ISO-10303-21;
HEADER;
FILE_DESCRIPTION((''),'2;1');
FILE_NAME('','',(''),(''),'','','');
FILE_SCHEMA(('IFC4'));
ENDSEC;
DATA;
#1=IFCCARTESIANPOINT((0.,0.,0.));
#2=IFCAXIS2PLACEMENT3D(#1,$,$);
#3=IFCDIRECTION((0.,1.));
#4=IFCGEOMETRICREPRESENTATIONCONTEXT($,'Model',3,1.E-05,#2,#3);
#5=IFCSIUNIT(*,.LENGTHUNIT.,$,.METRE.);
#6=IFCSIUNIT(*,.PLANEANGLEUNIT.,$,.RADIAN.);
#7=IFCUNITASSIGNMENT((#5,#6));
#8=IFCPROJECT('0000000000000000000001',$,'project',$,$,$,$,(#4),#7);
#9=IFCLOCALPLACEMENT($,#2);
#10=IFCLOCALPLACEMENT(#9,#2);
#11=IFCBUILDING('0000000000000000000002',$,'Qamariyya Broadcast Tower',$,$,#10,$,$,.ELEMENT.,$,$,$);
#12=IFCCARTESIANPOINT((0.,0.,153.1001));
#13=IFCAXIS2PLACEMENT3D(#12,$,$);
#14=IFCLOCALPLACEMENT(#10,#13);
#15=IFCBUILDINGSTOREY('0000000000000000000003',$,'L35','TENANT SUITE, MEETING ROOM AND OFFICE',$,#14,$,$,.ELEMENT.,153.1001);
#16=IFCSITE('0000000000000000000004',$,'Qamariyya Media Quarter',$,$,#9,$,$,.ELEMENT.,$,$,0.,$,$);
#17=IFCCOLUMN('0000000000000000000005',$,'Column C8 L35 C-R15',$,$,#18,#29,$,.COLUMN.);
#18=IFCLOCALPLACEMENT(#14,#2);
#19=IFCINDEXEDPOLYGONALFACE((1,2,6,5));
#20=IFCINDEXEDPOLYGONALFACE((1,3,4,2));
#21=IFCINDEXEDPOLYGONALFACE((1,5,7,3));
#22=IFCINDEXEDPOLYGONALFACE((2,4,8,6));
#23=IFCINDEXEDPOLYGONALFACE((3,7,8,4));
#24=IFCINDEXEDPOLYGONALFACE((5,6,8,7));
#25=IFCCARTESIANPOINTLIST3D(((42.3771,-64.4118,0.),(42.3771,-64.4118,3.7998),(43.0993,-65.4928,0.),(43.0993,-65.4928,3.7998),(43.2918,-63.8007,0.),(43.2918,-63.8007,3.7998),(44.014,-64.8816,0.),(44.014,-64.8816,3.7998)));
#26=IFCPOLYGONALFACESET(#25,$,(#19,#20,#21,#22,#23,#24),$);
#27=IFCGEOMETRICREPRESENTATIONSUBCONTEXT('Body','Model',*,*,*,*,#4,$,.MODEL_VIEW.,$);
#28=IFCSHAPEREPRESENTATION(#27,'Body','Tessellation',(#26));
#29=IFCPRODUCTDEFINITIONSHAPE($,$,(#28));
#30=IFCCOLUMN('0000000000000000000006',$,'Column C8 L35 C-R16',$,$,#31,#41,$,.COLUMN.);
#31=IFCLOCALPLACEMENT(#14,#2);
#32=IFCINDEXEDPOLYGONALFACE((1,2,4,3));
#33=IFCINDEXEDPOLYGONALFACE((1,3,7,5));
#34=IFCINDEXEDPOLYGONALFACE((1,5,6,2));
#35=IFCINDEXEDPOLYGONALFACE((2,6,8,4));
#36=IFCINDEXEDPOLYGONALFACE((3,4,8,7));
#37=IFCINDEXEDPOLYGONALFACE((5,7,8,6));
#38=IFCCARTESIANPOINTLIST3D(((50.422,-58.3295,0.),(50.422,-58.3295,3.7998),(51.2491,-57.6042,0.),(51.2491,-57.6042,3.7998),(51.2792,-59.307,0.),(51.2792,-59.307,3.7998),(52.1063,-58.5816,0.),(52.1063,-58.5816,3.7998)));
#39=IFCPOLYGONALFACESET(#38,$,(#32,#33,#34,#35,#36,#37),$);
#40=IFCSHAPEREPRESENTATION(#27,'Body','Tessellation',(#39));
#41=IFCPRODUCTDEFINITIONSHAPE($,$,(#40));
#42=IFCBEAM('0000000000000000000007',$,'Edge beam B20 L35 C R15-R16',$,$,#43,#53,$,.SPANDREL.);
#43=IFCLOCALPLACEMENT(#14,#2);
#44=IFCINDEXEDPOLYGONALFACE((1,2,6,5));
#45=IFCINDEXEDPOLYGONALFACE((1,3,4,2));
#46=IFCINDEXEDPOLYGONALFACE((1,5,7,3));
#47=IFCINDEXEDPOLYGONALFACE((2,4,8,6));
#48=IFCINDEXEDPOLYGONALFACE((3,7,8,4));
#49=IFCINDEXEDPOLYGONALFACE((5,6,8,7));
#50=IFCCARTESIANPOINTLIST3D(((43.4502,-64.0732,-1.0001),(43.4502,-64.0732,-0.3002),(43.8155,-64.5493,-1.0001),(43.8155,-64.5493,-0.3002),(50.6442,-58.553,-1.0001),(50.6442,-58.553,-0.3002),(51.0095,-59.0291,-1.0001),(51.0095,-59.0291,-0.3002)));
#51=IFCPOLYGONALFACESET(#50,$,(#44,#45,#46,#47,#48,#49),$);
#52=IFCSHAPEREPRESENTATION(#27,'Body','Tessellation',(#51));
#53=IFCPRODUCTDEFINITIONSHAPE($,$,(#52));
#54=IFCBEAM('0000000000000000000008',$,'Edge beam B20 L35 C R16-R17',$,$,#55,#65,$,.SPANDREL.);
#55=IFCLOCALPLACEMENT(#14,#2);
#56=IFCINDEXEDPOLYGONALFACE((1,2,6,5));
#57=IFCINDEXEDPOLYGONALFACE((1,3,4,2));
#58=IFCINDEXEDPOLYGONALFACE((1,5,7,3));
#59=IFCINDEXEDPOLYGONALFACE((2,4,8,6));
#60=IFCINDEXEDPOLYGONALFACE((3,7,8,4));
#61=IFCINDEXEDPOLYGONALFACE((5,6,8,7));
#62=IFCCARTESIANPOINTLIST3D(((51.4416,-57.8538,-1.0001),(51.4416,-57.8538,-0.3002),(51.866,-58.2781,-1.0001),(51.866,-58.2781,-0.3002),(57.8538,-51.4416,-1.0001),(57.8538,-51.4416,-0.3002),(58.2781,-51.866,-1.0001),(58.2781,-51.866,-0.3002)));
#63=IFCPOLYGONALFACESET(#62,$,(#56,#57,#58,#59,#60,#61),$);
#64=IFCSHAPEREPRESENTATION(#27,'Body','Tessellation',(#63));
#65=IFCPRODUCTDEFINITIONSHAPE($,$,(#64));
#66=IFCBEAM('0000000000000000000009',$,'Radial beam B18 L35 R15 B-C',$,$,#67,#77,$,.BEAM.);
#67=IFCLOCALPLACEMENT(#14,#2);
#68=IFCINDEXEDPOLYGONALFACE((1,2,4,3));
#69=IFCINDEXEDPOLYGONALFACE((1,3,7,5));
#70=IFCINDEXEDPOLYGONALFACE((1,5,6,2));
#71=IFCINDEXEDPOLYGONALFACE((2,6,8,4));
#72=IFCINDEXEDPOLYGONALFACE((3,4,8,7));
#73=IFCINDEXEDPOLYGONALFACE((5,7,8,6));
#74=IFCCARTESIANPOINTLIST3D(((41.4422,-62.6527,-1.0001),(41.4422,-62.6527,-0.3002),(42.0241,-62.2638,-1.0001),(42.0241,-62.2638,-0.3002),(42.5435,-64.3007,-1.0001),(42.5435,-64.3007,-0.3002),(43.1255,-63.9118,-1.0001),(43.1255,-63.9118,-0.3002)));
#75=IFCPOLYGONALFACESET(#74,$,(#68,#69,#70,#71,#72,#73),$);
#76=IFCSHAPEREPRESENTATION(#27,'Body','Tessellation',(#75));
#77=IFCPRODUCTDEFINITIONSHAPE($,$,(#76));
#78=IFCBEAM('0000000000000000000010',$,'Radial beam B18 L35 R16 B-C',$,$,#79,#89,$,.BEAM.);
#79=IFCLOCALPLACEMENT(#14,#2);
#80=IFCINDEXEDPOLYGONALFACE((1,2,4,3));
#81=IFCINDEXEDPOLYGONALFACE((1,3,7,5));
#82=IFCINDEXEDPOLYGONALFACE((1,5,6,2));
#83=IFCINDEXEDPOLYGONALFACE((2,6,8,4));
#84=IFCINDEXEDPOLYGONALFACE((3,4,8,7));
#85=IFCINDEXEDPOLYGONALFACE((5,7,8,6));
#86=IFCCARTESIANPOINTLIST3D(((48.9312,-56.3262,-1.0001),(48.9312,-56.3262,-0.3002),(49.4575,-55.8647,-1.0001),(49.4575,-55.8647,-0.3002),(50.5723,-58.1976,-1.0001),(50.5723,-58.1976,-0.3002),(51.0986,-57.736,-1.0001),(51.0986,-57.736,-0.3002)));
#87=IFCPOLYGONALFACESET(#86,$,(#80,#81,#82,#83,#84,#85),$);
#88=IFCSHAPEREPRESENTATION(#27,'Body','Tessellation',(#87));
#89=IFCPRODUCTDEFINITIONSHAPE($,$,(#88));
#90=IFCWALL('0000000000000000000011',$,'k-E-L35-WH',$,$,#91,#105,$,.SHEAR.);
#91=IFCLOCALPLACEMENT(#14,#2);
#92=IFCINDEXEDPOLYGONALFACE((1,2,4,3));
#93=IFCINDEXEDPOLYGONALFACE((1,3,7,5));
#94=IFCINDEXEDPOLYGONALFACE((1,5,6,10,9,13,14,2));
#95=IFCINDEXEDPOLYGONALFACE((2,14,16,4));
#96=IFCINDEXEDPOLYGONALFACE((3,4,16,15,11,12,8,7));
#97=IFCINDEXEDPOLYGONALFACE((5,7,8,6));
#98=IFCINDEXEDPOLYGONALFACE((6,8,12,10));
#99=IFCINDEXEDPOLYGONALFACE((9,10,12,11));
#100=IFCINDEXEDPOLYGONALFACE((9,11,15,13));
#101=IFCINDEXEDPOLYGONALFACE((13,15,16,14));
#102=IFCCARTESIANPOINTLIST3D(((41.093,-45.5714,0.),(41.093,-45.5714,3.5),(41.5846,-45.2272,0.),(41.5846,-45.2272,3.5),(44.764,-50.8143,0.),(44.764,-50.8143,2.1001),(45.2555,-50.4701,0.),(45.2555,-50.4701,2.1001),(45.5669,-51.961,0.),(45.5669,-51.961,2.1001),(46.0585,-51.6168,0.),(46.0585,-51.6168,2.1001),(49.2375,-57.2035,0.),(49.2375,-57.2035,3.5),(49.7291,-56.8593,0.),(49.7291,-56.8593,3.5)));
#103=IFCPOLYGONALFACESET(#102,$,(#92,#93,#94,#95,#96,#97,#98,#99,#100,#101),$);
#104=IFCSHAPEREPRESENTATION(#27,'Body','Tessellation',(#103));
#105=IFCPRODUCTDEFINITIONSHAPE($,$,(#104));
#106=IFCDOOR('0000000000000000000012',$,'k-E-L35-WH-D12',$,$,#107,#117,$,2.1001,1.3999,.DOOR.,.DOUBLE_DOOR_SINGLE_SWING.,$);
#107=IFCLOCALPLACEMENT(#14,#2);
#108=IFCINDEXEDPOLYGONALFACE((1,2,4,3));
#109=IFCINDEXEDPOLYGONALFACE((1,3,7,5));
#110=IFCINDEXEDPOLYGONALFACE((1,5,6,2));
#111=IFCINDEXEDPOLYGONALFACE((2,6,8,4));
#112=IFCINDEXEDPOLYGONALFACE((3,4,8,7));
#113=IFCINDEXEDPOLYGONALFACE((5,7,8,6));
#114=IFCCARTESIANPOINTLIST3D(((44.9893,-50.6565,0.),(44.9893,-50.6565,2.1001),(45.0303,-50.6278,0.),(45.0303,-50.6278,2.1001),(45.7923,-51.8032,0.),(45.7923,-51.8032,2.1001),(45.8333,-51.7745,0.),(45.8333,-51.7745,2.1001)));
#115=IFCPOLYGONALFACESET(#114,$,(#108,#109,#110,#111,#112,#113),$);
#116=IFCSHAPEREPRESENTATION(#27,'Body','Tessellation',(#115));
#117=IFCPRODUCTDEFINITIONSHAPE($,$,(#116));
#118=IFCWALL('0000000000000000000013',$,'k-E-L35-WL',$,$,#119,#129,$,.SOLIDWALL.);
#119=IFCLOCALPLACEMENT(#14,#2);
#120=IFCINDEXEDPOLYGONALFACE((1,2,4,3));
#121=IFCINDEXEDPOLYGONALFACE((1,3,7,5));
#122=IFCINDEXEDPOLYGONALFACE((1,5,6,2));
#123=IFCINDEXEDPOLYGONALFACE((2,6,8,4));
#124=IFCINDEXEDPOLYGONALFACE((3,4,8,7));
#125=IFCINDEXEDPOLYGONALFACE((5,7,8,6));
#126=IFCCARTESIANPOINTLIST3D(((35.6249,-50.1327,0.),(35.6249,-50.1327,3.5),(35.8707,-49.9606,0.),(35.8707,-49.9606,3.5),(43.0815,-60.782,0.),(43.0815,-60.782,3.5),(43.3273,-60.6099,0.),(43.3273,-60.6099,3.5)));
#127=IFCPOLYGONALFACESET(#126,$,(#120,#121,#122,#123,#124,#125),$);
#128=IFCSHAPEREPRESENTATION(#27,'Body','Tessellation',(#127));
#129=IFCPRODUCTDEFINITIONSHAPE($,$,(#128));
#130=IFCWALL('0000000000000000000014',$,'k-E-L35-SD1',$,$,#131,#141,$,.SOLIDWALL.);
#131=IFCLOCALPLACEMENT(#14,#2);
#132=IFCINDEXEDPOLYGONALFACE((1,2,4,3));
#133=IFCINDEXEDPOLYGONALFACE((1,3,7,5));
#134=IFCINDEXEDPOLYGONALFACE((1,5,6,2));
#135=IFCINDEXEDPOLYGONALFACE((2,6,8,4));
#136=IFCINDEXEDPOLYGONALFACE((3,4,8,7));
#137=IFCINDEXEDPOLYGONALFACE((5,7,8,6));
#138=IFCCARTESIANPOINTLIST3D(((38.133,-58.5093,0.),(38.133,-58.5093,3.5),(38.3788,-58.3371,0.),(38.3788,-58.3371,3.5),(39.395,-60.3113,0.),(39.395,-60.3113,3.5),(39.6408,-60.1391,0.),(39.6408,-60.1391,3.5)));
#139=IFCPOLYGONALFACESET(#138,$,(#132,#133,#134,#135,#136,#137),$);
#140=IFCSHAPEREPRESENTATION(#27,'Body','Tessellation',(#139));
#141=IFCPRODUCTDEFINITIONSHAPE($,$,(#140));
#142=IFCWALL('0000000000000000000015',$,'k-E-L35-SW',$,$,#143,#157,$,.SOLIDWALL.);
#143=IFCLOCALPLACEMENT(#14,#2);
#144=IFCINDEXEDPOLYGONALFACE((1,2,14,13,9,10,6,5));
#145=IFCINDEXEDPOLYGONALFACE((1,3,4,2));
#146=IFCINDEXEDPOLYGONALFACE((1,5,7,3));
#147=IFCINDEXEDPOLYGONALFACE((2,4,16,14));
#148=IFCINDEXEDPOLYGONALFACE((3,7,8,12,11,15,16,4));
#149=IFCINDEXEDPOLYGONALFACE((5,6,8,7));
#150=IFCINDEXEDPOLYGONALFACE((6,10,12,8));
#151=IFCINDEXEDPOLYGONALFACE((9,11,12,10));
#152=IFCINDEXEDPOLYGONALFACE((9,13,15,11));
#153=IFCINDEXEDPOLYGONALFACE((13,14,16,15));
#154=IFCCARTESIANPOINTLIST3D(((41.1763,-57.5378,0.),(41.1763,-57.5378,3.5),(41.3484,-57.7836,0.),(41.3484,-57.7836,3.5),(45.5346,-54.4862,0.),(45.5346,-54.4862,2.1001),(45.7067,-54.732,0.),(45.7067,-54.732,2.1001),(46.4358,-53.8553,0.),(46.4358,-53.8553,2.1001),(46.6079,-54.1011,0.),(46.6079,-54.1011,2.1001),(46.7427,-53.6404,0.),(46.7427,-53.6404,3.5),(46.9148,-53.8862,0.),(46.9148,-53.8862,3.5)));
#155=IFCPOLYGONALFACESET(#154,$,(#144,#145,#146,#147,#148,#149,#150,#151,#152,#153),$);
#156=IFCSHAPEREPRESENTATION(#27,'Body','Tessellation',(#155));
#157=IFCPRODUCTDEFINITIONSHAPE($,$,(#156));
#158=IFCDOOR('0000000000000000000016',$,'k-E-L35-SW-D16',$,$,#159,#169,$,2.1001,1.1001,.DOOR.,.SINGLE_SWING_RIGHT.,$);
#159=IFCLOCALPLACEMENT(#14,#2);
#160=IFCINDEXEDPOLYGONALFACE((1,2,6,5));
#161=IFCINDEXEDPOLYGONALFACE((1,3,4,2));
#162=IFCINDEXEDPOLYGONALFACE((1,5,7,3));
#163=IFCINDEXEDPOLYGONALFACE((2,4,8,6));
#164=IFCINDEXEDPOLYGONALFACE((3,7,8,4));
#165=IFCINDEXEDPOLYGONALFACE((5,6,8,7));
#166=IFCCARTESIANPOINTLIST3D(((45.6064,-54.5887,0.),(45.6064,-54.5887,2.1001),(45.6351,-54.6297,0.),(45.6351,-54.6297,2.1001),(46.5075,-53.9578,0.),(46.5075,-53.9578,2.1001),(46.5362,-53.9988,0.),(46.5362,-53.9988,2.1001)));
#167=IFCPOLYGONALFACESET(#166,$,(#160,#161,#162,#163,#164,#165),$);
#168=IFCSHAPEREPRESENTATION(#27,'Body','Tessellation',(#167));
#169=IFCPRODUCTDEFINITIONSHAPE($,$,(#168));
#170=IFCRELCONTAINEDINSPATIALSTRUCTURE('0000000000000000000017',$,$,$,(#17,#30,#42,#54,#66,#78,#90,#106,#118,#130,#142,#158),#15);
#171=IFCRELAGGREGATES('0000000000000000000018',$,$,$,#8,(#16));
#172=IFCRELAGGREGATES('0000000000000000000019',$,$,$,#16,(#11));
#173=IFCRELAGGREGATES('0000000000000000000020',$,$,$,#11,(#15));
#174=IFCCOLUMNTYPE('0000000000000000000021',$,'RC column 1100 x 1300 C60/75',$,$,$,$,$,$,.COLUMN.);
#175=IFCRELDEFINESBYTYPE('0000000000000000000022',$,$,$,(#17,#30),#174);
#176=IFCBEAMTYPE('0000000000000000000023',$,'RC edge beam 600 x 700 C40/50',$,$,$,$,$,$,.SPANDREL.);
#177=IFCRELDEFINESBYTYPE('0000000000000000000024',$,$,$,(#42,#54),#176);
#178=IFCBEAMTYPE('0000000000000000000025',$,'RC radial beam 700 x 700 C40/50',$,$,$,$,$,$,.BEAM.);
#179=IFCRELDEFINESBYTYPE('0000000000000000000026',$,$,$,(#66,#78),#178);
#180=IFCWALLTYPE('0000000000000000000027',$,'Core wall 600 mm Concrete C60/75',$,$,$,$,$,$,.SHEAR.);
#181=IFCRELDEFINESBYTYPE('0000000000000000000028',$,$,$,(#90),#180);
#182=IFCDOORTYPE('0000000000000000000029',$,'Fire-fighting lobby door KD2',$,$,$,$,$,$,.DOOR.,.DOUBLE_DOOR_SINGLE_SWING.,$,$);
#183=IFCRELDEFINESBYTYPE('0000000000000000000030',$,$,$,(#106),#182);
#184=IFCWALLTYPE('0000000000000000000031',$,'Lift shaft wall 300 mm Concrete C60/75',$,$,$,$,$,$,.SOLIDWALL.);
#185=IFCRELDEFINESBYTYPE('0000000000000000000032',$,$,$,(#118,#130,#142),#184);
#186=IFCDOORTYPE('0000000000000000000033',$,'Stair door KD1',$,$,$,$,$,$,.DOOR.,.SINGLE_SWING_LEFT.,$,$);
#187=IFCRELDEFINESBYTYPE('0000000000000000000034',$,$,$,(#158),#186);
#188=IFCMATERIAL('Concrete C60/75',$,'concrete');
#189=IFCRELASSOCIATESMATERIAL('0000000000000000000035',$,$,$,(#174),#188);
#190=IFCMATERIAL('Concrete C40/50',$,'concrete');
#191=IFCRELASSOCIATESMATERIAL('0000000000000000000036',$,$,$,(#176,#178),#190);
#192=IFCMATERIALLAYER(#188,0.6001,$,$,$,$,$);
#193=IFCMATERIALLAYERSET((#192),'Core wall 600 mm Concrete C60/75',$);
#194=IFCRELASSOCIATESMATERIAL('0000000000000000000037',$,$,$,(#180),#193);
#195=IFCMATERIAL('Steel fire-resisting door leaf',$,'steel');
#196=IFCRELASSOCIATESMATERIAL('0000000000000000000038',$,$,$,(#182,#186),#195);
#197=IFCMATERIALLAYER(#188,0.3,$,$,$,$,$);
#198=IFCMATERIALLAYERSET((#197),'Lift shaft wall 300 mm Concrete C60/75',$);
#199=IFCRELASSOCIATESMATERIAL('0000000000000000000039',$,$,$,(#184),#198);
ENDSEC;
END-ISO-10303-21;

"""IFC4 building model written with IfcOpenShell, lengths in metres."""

from ifc_helpers import new_model, si_unit, direction, frame, frame_2d, origin, origin_2d, place, context, subcontext, project, spatial, rectangle, extrude, material, layer, layer_set, material_profile, profile_set, type_object, element, fill, save


model = new_model("IFC4")

# Units and contexts
model_context = context("Model", 3, precision=1e-05, world=origin(), true_north=direction((0.0, 1.0)))
body_context = subcontext(model_context, "Body", "Model", "MODEL_VIEW")
ifc_project = project(units=[si_unit("LENGTHUNIT", "METRE"), si_unit("PLANEANGLEUNIT", "RADIAN")], contexts=[model_context])

# Site, building, storey
site_placement = place(None, origin())
site = spatial("IfcSite", under=ifc_project, at=site_placement, Name="Qamariyya Media Quarter", CompositionType="ELEMENT", RefElevation=0.0)
building_placement = place(site_placement, origin())
building = spatial("IfcBuilding", under=site, at=building_placement, Name="Qamariyya Broadcast Tower", CompositionType="ELEMENT")
storey_placement = place(building_placement, frame((0.0, 0.0, 153.1001)))
storey = spatial("IfcBuildingStorey", under=building, at=storey_placement, Name="L35", Description="TENANT SUITE, MEETING ROOM AND OFFICE", CompositionType="ELEMENT", Elevation=153.1001)

# Columns
ifc_material_1 = material(Name="Concrete C60/75", Category="concrete")
ifc_material_profile_1 = material_profile(ifc_material_1, rectangle(XDim=1.1001, YDim=1.3, at=origin_2d()))
ifc_profile_set_1 = profile_set([ifc_material_profile_1], Name="Concrete C60/75")
column_type = type_object("IfcColumnType", Name="RC column 1100 x 1300 C60/75", PredefinedType="COLUMN", material=ifc_profile_set_1)
for number, where, z_axis, x_axis, name in (
    (1, (43.1956, -64.6467, 0.0), (0.0, 0.0, 1.0), (0.83147, 0.55557, 0.0), "Column C8 L35 C-R15"),
    (2, (51.2642, -58.4556, 0.0), (0.0, 0.0, 1.0), (0.75184, 0.659346, 0.0), "Column C8 L35 C-R16"),
):
    element("IfcColumn", number, at=place(storey_placement, frame(where, z_axis=z_axis, x_axis=x_axis)), inside=storey, type_object=column_type, Name=name, PredefinedType="COLUMN", context=body_context, shape_type="SweptSolid", body=[
        extrude(rectangle(XDim=1.1001, YDim=1.3, at=origin_2d()), origin(), (0.0, 0.0, 1.0), 3.7998),
    ])

# Beams
ifc_material_2 = material(Name="Concrete C40/50", Category="concrete")
ifc_material_profile_2 = material_profile(ifc_material_2, rectangle(XDim=0.6001, YDim=0.7, at=origin_2d()))
ifc_profile_set_2 = profile_set([ifc_material_profile_2], Name="Concrete C40/50")
beam_type_1 = type_object("IfcBeamType", Name="RC edge beam 600 x 700 C40/50", PredefinedType="SPANDREL", material=ifc_profile_set_2)
beam_1_placement = place(storey_placement, frame((43.6328, -64.3113, -0.6501), z_axis=(0.793351, 0.608764, 0.0), x_axis=(-0.608764, 0.793351, 0.0)))
element("IfcBeam", 3, at=beam_1_placement, inside=storey, type_object=beam_type_1, Name="Edge beam B20 L35 C R15-R16", PredefinedType="SPANDREL", context=body_context, shape_type="SweptSolid", body=[
    extrude(rectangle(XDim=0.6001, YDim=0.7, at=origin_2d()), origin(), (0.0, 0.0, 1.0), 9.0679),
])
beam_2_placement = place(storey_placement, frame((51.6538, -58.0659, -0.6501), z_axis=(0.707107, 0.707107, 0.0), x_axis=(-0.707107, 0.707107, 0.0)))
element("IfcBeam", 4, at=beam_2_placement, inside=storey, type_object=beam_type_1, Name="Edge beam B20 L35 C R16-R17", PredefinedType="SPANDREL", context=body_context, shape_type="SweptSolid", body=[
    extrude(rectangle(XDim=0.6001, YDim=0.7, at=origin_2d()), origin(), (0.0, 0.0, 1.0), 9.0681),
])
ifc_material_profile_3 = material_profile(ifc_material_2, rectangle(XDim=0.7, YDim=0.7, at=origin_2d()))
ifc_profile_set_3 = profile_set([ifc_material_profile_3], Name="Concrete C40/50")
beam_type_2 = type_object("IfcBeamType", Name="RC radial beam 700 x 700 C40/50", PredefinedType="BEAM", material=ifc_profile_set_3)
beam_3_placement = place(storey_placement, frame((41.7332, -62.4583, -0.6501), z_axis=(0.555638, -0.831424, 0.0), x_axis=(0.831424, 0.555638, 0.0)))
element("IfcBeam", 5, at=beam_3_placement, inside=storey, type_object=beam_type_2, Name="Radial beam B18 L35 R15 B-C", PredefinedType="BEAM", context=body_context, shape_type="SweptSolid", body=[
    extrude(rectangle(XDim=0.7, YDim=0.7, at=origin_2d()), origin(), (0.0, 0.0, 1.0), 1.9822),
])
beam_4_placement = place(storey_placement, frame((49.1943, -56.0955, -0.6501), z_axis=(0.659344, -0.751841, 0.0), x_axis=(0.751841, 0.659344, 0.0)))
element("IfcBeam", 6, at=beam_4_placement, inside=storey, type_object=beam_type_2, Name="Radial beam B18 L35 R16 B-C", PredefinedType="BEAM", context=body_context, shape_type="SweptSolid", body=[
    extrude(rectangle(XDim=0.7, YDim=0.7, at=origin_2d()), origin(), (0.0, 0.0, 1.0), 2.489),
])

# Wall, opening, door
ifc_layer_1 = layer(ifc_material_1, 0.6001)
ifc_layer_set_1 = layer_set([ifc_layer_1], Name="Core wall 600 mm Concrete C60/75")
wall_type_1 = type_object("IfcWallType", Name="Core wall 600 mm Concrete C60/75", PredefinedType="SHEAR", material=ifc_layer_set_1)
wall_1_placement = place(storey_placement, frame((49.4834, -57.0315, 0.0), z_axis=(0.0, 0.0, 1.0), x_axis=(-0.57356, 0.819163, 0.0)))
wall_1 = element("IfcWall", 7, at=wall_1_placement, inside=storey, type_object=wall_type_1, Name="k-E-L35-WH", PredefinedType="SHEAR", context=body_context, shape_type="SweptSolid", body=[
    extrude(rectangle(XDim=14.2, YDim=0.6001, at=frame_2d((7.1001, 0.0))), origin(), (0.0, 0.0, 1.0), 3.5),
])
opening_1_placement = place(wall_1_placement, frame((6.3999, 0.0, 0.0)))
opening_1 = element("IfcOpeningElement", 8, at=opening_1_placement, cuts=wall_1, PredefinedType="OPENING", context=body_context, shape_type="SweptSolid", body=[
    extrude(rectangle(XDim=1.3999, YDim=2.1001, at=frame_2d((0.7, 1.05))), frame((0.0, 0.3101, 0.0), z_axis=(0.0, -1.0, 0.0), x_axis=(1.0, 0.0, 0.0)), (0.0, 0.0, 1.0), 0.6201),
])
ifc_material_3 = material(Name="Steel fire-resisting door leaf", Category="steel")
door_type_1 = type_object("IfcDoorType", Name="Fire-fighting lobby door KD2", OperationType="DOUBLE_DOOR_SINGLE_SWING", PredefinedType="DOOR", material=ifc_material_3)
door_1_placement = place(opening_1_placement, origin())
door_1 = element("IfcDoor", 9, at=door_1_placement, inside=storey, type_object=door_type_1, Name="k-E-L35-WH-D12", OperationType="DOUBLE_DOOR_SINGLE_SWING", OverallHeight=2.1001, OverallWidth=1.3999, PredefinedType="DOOR", context=body_context, shape_type="SweptSolid", body=[
    extrude(rectangle(XDim=1.3999, YDim=2.1001, at=frame_2d((0.7, 1.05))), frame((0.0, 0.0249, 0.0), z_axis=(0.0, -1.0, 0.0), x_axis=(1.0, 0.0, 0.0)), (0.0, 0.0, 1.0), 0.05),
])
fill(opening_1, door_1)

# Walls
ifc_layer_2 = layer(ifc_material_1, 0.3)
ifc_layer_set_2 = layer_set([ifc_layer_2], Name="Lift shaft wall 300 mm Concrete C60/75")
wall_type_2 = type_object("IfcWallType", Name="Lift shaft wall 300 mm Concrete C60/75", PredefinedType="SOLIDWALL", material=ifc_layer_set_2)
wall_2_placement = place(storey_placement, frame((43.2043, -60.6958, 0.0), z_axis=(0.0, 0.0, 1.0), x_axis=(-0.573572, 0.819155, 0.0)))
element("IfcWall", 10, at=wall_2_placement, inside=storey, type_object=wall_type_2, Name="k-E-L35-WL", PredefinedType="SOLIDWALL", context=body_context, shape_type="SweptSolid", body=[
    extrude(rectangle(XDim=13.0002, YDim=0.3, at=frame_2d((6.5, 0.0))), origin(), (0.0, 0.0, 1.0), 3.5),
])
wall_3_placement = place(storey_placement, frame((38.2559, -58.4231, 0.0), z_axis=(0.0, 0.0, 1.0), x_axis=(0.573634, -0.819112, 0.0)))
element("IfcWall", 11, at=wall_3_placement, inside=storey, type_object=wall_type_2, Name="k-E-L35-SD1", PredefinedType="SOLIDWALL", context=body_context, shape_type="SweptSolid", body=[
    extrude(rectangle(XDim=2.2, YDim=0.3, at=frame_2d((1.1001, 0.0))), origin(), (0.0, 0.0, 1.0), 3.5),
])

# Wall, opening, door
wall_4_placement = place(storey_placement, frame((41.2625, -57.6606, 0.0), z_axis=(0.0, 0.0, 1.0), x_axis=(0.819164, 0.573559, 0.0)))
wall_4 = element("IfcWall", 12, at=wall_4_placement, inside=storey, type_object=wall_type_2, Name="k-E-L35-SW", PredefinedType="SOLIDWALL", context=body_context, shape_type="SweptSolid", body=[
    extrude(rectangle(XDim=6.7952, YDim=0.3, at=frame_2d((3.3975, 0.0))), origin(), (0.0, 0.0, 1.0), 3.5),
])
opening_2_placement = place(wall_4_placement, frame((5.3203, 0.0, 0.0)))
opening_2 = element("IfcOpeningElement", 13, at=opening_2_placement, cuts=wall_4, PredefinedType="OPENING", context=body_context, shape_type="SweptSolid", body=[
    extrude(rectangle(XDim=1.1001, YDim=2.1001, at=frame_2d((0.55, 1.05))), frame((0.0, 0.1599, 0.0), z_axis=(0.0, -1.0, 0.0), x_axis=(1.0, 0.0, 0.0)), (0.0, 0.0, 1.0), 0.3201),
])
door_type_2 = type_object("IfcDoorType", Name="Stair door KD1", OperationType="SINGLE_SWING_LEFT", PredefinedType="DOOR", material=ifc_material_3)
door_2_placement = place(opening_2_placement, origin())
door_2 = element("IfcDoor", 14, at=door_2_placement, inside=storey, type_object=door_type_2, Name="k-E-L35-SW-D16", OperationType="SINGLE_SWING_RIGHT", OverallHeight=2.1001, OverallWidth=1.1001, PredefinedType="DOOR", context=body_context, shape_type="SweptSolid", body=[
    extrude(rectangle(XDim=1.1001, YDim=2.1001, at=frame_2d((0.55, 1.05))), frame((0.0, 0.0249, 0.0), z_axis=(0.0, -1.0, 0.0), x_axis=(1.0, 0.0, 0.0)), (0.0, 0.0, 1.0), 0.05),
])
fill(opening_2, door_2)

save(model, "model.ifc")
